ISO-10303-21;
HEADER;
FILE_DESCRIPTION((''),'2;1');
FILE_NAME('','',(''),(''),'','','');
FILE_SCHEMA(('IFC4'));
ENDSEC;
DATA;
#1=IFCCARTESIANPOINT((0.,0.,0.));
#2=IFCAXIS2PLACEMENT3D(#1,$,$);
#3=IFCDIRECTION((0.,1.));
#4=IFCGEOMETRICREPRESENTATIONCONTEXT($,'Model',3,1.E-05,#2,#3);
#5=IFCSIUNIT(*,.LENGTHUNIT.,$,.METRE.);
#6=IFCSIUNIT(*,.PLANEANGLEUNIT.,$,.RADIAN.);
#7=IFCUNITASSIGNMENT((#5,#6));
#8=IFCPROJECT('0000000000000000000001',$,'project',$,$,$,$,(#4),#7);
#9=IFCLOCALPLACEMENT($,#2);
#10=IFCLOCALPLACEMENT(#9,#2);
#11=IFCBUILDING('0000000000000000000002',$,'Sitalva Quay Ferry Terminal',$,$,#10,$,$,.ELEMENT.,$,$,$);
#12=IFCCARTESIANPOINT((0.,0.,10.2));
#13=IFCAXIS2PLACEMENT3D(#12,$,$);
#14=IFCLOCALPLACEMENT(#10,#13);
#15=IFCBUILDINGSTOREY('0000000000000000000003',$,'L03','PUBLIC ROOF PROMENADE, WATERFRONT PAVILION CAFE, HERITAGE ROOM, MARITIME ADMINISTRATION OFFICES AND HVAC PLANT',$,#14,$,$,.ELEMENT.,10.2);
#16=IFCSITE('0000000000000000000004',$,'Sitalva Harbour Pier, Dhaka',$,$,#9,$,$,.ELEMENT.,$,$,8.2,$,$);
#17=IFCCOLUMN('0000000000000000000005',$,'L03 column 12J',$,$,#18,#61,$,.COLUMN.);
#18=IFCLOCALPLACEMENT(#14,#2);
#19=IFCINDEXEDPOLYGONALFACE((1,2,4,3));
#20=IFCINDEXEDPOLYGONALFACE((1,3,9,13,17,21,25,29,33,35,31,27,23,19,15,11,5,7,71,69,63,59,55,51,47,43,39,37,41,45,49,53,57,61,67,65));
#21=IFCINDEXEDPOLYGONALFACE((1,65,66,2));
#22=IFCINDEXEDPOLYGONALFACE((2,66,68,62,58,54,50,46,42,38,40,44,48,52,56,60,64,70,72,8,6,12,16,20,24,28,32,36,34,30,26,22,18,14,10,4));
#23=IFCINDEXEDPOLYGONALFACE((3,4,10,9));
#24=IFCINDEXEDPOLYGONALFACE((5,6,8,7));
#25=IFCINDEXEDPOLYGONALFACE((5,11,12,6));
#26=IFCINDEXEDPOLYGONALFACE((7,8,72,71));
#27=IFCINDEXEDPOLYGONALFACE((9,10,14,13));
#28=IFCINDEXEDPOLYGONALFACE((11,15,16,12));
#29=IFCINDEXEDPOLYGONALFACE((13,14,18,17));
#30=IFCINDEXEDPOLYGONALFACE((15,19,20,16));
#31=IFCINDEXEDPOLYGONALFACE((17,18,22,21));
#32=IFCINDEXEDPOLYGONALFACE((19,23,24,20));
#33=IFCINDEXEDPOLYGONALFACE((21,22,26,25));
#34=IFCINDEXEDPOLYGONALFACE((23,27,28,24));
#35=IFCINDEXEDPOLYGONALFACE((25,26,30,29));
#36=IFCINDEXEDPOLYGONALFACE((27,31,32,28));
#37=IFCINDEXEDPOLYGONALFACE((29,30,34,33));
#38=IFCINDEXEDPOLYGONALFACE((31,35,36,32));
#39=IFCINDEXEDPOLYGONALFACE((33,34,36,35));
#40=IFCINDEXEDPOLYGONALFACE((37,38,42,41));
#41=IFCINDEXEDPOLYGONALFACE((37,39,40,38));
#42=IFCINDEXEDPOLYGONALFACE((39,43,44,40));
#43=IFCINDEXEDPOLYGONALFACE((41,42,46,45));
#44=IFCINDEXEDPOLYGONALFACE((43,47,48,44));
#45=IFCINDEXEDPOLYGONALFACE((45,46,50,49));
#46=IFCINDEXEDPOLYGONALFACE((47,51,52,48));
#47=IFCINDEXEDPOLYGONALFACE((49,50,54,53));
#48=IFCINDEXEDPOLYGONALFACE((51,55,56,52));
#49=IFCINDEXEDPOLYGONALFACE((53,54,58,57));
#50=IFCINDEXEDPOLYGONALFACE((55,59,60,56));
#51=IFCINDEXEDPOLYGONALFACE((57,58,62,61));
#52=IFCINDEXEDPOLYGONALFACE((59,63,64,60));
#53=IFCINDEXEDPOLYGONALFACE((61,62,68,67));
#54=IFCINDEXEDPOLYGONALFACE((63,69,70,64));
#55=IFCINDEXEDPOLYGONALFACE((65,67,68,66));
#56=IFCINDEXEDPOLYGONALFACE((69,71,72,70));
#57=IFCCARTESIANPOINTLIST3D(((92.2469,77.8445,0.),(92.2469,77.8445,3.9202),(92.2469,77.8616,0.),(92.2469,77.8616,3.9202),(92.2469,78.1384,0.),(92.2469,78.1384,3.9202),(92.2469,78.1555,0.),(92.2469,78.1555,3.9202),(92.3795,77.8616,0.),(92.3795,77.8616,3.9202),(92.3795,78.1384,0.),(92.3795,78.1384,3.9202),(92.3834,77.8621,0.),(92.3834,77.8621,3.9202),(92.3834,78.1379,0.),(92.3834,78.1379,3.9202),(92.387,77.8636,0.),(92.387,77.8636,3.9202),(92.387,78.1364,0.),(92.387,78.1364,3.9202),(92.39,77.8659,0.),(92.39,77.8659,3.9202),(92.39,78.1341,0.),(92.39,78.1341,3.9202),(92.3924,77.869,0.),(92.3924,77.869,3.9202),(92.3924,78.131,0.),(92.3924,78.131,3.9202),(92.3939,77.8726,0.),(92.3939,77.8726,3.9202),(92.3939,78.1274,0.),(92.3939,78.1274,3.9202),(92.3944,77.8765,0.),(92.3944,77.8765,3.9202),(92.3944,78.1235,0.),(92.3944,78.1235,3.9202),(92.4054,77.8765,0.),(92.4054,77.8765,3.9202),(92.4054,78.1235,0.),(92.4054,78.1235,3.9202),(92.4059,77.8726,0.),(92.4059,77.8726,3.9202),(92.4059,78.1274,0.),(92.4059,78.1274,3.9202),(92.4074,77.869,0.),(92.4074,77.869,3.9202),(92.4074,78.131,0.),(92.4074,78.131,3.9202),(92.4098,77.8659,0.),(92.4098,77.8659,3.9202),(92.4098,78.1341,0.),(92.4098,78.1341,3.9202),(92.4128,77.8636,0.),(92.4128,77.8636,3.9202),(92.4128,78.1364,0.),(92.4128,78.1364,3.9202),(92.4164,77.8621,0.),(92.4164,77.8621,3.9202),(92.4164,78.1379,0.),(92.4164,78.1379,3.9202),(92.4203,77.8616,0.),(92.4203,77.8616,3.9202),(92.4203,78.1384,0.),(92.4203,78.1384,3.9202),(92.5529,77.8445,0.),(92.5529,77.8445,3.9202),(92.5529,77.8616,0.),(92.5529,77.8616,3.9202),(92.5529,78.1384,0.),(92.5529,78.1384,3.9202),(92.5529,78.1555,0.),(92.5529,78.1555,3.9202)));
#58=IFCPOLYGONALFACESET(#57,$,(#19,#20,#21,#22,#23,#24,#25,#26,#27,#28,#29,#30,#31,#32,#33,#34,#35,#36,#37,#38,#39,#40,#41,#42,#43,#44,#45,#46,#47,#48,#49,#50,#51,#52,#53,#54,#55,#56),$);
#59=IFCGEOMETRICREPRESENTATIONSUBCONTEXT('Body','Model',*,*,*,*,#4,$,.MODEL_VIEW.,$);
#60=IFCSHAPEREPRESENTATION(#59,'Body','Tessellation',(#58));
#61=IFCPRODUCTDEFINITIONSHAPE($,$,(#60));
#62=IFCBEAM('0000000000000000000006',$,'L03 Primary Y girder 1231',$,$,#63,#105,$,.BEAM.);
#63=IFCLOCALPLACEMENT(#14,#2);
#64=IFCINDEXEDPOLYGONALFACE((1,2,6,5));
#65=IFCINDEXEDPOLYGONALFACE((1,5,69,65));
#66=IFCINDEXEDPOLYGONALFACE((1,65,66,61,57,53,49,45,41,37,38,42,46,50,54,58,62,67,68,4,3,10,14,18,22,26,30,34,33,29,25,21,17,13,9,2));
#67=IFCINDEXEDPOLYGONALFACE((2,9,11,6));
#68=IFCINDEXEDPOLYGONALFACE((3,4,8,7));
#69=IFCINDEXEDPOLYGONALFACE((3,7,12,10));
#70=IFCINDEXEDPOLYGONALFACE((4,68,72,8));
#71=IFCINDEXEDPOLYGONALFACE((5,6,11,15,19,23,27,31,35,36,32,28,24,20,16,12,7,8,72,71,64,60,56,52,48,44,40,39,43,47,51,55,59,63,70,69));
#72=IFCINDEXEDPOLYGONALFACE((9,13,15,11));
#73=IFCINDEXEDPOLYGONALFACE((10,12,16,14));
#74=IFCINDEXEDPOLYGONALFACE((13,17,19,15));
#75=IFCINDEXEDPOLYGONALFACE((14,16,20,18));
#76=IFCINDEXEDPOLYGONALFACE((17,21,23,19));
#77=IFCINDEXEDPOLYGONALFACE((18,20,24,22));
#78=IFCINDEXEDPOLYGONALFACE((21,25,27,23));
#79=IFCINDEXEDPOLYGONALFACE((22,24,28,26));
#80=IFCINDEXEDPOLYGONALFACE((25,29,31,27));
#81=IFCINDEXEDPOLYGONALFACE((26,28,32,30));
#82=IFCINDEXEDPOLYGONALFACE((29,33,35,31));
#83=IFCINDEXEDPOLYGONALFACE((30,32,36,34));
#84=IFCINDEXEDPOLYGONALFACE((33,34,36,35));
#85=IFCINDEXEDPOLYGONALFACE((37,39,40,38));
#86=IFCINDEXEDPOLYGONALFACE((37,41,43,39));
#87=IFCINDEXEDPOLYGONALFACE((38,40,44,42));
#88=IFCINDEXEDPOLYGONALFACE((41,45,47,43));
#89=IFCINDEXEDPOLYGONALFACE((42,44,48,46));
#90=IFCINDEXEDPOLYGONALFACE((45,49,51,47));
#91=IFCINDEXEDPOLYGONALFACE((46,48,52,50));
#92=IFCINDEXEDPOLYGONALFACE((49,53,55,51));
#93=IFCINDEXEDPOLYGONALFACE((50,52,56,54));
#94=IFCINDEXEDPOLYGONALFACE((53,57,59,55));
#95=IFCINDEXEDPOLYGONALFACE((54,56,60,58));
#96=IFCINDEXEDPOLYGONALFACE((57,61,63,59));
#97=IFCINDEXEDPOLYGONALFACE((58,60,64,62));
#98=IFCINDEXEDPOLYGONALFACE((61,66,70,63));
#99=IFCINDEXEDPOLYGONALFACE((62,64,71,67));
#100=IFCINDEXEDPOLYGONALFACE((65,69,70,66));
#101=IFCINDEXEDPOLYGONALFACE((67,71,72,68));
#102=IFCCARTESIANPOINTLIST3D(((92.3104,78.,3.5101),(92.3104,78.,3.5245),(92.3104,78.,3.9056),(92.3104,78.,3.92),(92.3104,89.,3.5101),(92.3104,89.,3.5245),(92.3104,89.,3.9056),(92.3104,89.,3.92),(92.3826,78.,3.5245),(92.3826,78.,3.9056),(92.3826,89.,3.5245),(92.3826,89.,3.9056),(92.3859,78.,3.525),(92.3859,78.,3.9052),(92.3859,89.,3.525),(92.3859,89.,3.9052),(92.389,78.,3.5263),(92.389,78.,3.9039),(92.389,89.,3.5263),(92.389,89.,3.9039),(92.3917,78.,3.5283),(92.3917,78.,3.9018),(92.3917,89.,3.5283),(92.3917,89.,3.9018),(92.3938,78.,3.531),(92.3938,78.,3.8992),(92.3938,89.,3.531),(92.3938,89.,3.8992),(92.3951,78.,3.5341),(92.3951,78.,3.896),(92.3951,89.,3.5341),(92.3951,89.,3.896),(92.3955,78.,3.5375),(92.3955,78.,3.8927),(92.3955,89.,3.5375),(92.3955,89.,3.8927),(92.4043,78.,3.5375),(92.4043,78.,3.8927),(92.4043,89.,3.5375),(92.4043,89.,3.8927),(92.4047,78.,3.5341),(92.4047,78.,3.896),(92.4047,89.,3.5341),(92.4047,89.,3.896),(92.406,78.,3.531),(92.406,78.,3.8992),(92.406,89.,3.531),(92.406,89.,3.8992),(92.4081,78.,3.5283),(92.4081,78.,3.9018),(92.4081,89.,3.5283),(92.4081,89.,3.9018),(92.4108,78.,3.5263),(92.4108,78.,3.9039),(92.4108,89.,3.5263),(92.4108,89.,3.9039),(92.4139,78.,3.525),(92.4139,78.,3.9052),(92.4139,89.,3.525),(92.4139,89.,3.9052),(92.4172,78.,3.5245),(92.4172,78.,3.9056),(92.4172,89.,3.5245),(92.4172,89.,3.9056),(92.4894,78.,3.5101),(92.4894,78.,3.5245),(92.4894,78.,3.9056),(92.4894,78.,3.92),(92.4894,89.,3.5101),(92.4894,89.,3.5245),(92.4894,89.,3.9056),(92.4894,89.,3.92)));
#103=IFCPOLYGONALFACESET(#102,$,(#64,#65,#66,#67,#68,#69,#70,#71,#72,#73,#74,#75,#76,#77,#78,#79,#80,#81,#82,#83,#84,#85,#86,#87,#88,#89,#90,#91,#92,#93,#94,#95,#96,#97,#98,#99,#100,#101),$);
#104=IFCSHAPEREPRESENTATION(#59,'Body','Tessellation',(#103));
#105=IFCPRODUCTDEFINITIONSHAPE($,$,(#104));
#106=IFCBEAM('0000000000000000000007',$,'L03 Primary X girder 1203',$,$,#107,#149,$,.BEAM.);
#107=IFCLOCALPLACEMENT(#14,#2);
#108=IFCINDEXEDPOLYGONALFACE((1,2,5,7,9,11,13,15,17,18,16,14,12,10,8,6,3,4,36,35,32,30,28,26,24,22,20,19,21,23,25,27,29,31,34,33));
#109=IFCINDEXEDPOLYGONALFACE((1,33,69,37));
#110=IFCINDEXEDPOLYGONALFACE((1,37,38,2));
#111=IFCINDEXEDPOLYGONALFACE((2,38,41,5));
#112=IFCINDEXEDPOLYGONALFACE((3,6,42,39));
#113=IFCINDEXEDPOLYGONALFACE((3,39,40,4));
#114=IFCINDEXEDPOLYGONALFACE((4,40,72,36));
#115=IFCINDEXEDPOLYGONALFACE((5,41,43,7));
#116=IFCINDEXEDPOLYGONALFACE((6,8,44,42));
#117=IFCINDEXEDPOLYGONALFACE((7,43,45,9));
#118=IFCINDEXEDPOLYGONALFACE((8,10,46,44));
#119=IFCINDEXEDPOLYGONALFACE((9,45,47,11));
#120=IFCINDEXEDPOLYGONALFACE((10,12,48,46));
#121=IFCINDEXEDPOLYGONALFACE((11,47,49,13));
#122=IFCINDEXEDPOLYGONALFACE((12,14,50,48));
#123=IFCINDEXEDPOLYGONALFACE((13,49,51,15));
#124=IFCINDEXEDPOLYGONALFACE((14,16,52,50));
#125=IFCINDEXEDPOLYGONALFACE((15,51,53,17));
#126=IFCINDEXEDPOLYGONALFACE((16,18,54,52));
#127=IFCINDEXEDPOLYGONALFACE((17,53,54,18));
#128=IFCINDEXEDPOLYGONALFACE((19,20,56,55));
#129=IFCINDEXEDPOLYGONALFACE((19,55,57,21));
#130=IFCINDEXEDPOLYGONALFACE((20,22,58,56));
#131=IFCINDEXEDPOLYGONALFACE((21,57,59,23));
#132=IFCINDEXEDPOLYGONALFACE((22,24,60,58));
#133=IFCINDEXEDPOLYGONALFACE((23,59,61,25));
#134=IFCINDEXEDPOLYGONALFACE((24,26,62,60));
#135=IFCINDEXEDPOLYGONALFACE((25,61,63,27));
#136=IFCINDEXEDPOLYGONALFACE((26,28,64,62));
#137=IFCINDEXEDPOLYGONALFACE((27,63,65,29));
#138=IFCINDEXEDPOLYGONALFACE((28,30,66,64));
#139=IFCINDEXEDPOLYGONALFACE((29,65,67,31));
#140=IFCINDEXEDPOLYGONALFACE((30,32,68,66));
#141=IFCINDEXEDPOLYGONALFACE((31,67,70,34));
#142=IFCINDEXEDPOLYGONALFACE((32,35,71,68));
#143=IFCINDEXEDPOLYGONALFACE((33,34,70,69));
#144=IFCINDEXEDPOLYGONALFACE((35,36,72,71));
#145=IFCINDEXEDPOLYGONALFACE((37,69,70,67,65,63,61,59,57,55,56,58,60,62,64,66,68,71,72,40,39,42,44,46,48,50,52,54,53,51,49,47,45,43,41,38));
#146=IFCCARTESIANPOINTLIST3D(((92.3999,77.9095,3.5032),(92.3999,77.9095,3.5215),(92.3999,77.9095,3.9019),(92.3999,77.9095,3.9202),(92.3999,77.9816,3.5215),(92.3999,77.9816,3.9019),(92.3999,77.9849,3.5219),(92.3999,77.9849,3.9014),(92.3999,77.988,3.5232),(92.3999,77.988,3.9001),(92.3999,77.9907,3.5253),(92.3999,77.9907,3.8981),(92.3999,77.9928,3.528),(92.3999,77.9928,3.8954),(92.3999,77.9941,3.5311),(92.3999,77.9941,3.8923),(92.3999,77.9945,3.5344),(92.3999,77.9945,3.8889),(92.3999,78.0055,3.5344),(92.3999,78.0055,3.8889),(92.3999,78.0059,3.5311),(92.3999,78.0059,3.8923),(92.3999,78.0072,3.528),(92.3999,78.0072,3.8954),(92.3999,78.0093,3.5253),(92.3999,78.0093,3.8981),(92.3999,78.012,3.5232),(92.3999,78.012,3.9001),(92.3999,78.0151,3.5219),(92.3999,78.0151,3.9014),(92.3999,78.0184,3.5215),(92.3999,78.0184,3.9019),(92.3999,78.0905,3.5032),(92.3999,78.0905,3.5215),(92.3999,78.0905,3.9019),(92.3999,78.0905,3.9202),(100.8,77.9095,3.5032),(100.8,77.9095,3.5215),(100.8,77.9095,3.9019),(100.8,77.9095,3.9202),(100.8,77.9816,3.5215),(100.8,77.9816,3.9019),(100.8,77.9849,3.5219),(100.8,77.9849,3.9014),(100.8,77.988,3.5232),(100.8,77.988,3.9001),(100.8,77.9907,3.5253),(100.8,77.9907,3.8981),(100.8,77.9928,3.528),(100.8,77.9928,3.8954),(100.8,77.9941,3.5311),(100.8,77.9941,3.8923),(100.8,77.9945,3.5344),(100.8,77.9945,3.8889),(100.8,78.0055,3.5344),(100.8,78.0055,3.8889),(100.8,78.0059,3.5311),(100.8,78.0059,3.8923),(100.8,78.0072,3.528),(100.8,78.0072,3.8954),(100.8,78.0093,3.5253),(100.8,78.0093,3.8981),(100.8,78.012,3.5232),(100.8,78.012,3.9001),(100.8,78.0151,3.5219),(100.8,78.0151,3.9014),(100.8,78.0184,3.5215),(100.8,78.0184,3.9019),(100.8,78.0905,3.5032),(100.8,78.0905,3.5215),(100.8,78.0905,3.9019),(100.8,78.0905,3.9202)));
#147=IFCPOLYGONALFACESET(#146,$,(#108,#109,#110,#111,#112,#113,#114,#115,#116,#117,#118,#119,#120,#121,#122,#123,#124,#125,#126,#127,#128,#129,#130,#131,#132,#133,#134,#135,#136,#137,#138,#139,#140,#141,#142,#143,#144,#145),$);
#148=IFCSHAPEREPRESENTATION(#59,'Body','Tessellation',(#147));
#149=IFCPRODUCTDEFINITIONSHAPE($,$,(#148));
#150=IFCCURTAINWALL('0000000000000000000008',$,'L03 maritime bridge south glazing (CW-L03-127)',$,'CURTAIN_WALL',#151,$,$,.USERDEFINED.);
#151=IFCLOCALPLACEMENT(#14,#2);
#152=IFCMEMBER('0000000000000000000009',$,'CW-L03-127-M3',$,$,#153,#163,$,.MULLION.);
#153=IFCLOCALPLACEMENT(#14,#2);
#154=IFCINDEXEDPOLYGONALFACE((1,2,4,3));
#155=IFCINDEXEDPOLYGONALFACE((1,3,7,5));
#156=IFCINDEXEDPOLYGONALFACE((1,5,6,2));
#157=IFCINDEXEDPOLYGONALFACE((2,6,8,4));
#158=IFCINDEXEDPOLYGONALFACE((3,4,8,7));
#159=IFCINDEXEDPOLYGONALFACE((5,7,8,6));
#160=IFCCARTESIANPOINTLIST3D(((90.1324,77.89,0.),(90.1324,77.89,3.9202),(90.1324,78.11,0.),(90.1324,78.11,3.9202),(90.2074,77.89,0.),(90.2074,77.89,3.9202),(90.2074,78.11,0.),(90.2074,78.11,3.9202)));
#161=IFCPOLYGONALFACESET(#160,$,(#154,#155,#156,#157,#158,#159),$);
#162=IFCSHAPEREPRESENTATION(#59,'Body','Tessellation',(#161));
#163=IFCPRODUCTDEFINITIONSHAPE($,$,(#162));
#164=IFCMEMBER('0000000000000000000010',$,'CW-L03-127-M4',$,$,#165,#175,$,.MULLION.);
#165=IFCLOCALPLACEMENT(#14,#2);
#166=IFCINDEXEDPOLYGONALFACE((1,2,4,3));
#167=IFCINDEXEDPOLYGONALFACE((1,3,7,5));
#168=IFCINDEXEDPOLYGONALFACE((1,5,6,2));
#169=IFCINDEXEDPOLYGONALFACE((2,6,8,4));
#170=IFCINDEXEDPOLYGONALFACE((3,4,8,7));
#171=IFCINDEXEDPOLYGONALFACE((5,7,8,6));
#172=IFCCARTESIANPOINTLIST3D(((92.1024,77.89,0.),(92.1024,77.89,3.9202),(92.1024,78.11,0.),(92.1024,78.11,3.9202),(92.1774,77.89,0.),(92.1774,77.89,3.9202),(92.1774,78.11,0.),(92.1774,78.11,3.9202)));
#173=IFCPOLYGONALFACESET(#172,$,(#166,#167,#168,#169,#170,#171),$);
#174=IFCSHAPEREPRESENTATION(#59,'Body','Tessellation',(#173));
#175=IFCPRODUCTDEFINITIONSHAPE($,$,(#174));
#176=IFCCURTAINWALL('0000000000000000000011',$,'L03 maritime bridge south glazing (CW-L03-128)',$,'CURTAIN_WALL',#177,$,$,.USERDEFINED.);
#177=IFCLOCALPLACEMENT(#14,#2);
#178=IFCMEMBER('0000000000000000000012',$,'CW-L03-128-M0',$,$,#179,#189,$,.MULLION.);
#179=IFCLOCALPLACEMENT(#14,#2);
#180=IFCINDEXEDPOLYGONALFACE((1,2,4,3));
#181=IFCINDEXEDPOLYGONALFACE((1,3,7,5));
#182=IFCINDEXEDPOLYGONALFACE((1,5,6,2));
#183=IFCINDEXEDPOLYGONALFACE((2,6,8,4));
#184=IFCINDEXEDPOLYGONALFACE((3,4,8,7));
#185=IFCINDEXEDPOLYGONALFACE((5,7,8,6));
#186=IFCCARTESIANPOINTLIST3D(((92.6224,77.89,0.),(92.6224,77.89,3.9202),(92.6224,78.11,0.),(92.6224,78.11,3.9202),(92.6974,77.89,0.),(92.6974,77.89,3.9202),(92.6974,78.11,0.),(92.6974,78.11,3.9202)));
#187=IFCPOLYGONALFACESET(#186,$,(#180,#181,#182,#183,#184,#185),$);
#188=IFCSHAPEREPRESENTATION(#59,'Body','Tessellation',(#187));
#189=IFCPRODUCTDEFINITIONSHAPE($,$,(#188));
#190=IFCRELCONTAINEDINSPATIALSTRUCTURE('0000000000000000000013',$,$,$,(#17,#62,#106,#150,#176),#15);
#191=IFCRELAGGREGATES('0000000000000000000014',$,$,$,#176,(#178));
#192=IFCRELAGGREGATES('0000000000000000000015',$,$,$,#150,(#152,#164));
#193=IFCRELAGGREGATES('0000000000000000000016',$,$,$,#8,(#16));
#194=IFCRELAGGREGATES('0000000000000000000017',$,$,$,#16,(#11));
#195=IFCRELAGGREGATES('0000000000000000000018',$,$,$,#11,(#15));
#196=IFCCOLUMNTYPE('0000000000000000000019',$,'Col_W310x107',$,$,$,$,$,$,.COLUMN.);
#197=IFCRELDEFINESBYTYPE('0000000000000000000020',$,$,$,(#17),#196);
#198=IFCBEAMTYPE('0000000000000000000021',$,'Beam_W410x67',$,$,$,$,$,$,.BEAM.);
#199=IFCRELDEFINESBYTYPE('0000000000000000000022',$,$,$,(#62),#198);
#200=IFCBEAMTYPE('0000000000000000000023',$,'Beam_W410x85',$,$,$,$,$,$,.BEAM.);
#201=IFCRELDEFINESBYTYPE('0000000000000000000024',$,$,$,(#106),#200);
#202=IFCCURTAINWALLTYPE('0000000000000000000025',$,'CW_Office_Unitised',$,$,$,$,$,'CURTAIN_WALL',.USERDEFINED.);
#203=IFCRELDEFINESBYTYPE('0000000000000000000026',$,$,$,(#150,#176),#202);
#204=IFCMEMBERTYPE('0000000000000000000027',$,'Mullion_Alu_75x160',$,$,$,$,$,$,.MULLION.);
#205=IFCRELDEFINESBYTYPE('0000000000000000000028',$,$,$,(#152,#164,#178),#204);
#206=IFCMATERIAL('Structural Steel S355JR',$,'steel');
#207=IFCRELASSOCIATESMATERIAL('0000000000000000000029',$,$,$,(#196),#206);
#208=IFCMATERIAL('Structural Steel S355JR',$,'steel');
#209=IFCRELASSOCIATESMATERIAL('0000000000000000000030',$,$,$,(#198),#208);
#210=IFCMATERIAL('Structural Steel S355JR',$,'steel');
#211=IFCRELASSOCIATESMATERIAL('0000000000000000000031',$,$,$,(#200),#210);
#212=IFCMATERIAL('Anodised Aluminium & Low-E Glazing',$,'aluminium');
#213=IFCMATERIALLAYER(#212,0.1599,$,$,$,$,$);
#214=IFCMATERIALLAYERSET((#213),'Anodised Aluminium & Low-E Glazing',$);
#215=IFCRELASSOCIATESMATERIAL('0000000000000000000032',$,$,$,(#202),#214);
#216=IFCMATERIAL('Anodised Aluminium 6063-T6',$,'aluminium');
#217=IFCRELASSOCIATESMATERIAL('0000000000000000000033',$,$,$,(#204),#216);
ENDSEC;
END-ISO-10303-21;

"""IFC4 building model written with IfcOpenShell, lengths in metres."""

from ifc_helpers import new_model, si_unit, direction, frame, origin, origin_2d, place, context, subcontext, project, spatial, rectangle, i_section, extrude, material, layer, layer_set, material_profile, profile_set, type_object, element, aggregate, save


model = new_model("IFC4")

# Units and contexts
model_context = context("Model", 3, precision=1e-05, world=origin(), true_north=direction((0.0, 1.0)))
body_context = subcontext(model_context, "Body", "Model", "MODEL_VIEW")
ifc_project = project(units=[si_unit("LENGTHUNIT", "METRE"), si_unit("PLANEANGLEUNIT", "RADIAN")], contexts=[model_context])

# Site, building, storey
site_placement = place(None, origin())
site = spatial("IfcSite", under=ifc_project, at=site_placement, Name="Sitalva Harbour Pier, Dhaka", CompositionType="ELEMENT", RefElevation=8.2)
building_placement = place(site_placement, origin())
building = spatial("IfcBuilding", under=site, at=building_placement, Name="Sitalva Quay Ferry Terminal", CompositionType="ELEMENT")
storey_placement = place(building_placement, frame((0.0, 0.0, 10.2)))
storey = spatial("IfcBuildingStorey", under=building, at=storey_placement, Name="L03", Description="PUBLIC ROOF PROMENADE, WATERFRONT PAVILION CAFE, HERITAGE ROOM, MARITIME ADMINISTRATION OFFICES AND HVAC PLANT", CompositionType="ELEMENT", Elevation=10.2)

# Column
ifc_material_1 = material(Name="Structural Steel S355JR", Category="steel")
ifc_material_profile_1 = material_profile(ifc_material_1, i_section(OverallWidth=0.3059, OverallDepth=0.311, WebThickness=0.011, FlangeThickness=0.0171, FilletRadius=0.0149, at=origin_2d()), Name="W310x107")
ifc_profile_set_1 = profile_set([ifc_material_profile_1], Name="Structural Steel S355JR")
column_type = type_object("IfcColumnType", Name="Col_W310x107", PredefinedType="COLUMN", material=ifc_profile_set_1)
column_placement = place(storey_placement, frame((92.3999, 78.0, 0.0), z_axis=(0.0, 0.0, 1.0), x_axis=(1.0, 0.0, 0.0)))
element("IfcColumn", 1, at=column_placement, inside=storey, type_object=column_type, Name="L03 column 12J", PredefinedType="COLUMN", context=body_context, shape_type="SweptSolid", body=[
    extrude(i_section(OverallWidth=0.3059, OverallDepth=0.311, WebThickness=0.011, FlangeThickness=0.0171, FilletRadius=0.0149, at=origin_2d()), origin(), (0.0, 0.0, 1.0), 3.9202),
])

# Beams
ifc_material_2 = material(Name="Structural Steel S355JR", Category="steel")
ifc_material_profile_2 = material_profile(ifc_material_2, i_section(OverallWidth=0.179, OverallDepth=0.4099, WebThickness=0.0088, FlangeThickness=0.0144, FilletRadius=0.0129, at=origin_2d()), Name="W410x67")
ifc_profile_set_2 = profile_set([ifc_material_profile_2], Name="Structural Steel S355JR")
beam_type_1 = type_object("IfcBeamType", Name="Beam_W410x67", PredefinedType="BEAM", material=ifc_profile_set_2)
beam_1_placement = place(storey_placement, frame((92.3999, 78.0, 3.7151), z_axis=(0.0, 1.0, 0.0), x_axis=(-1.0, 0.0, 0.0)))
element("IfcBeam", 2, at=beam_1_placement, inside=storey, type_object=beam_type_1, Name="L03 Primary Y girder 1231", PredefinedType="BEAM", context=body_context, shape_type="SweptSolid", body=[
    extrude(i_section(OverallWidth=0.179, OverallDepth=0.4099, WebThickness=0.0088, FlangeThickness=0.0144, FilletRadius=0.0129, at=origin_2d()), origin(), (0.0, 0.0, 1.0), 11.0),
])
ifc_material_3 = material(Name="Structural Steel S355JR", Category="steel")
ifc_material_profile_3 = material_profile(ifc_material_3, i_section(OverallWidth=0.1809, OverallDepth=0.417, WebThickness=0.011, FlangeThickness=0.0183, FilletRadius=0.0129, at=origin_2d()), Name="W410x85")
ifc_profile_set_3 = profile_set([ifc_material_profile_3], Name="Structural Steel S355JR")
beam_type_2 = type_object("IfcBeamType", Name="Beam_W410x85", PredefinedType="BEAM", material=ifc_profile_set_3)
beam_2_placement = place(storey_placement, frame((92.3999, 78.0, 3.7117), z_axis=(1.0, 0.0, 0.0), x_axis=(0.0, 1.0, 0.0)))
element("IfcBeam", 3, at=beam_2_placement, inside=storey, type_object=beam_type_2, Name="L03 Primary X girder 1203", PredefinedType="BEAM", context=body_context, shape_type="SweptSolid", body=[
    extrude(i_section(OverallWidth=0.1809, OverallDepth=0.417, WebThickness=0.011, FlangeThickness=0.0183, FilletRadius=0.0129, at=origin_2d()), origin(), (0.0, 0.0, 1.0), 8.4001),
])

# Curtain wall, members
ifc_material_4 = material(Name="Anodised Aluminium & Low-E Glazing", Category="aluminium")
ifc_layer_1 = layer(ifc_material_4, 0.1599)
ifc_layer_set_1 = layer_set([ifc_layer_1], Name="Anodised Aluminium & Low-E Glazing")
curtain_wall_type = type_object("IfcCurtainWallType", Name="CW_Office_Unitised", ElementType="CURTAIN_WALL", PredefinedType="USERDEFINED", material=ifc_layer_set_1)
curtain_wall_1_placement = place(storey_placement, origin())
curtain_wall_1 = element("IfcCurtainWall", 4, at=curtain_wall_1_placement, inside=storey, type_object=curtain_wall_type, Name="L03 maritime bridge south glazing (CW-L03-127)", ObjectType="CURTAIN_WALL", PredefinedType="USERDEFINED")
ifc_material_5 = material(Name="Anodised Aluminium 6063-T6", Category="aluminium")
ifc_material_profile_4 = material_profile(ifc_material_5, rectangle(XDim=0.075, YDim=0.22, at=origin_2d()), Name="ALU75x220")
ifc_profile_set_4 = profile_set([ifc_material_profile_4], Name="Anodised Aluminium 6063-T6")
member_type_1 = type_object("IfcMemberType", Name="Mullion_Alu_75x160", PredefinedType="MULLION", material=ifc_profile_set_4)
member_1_placement = place(storey_placement, frame((90.1699, 78.0, 0.0), z_axis=(0.0, 0.0, 1.0), x_axis=(1.0, 0.0, 0.0)))
member_1 = element("IfcMember", 5, at=member_1_placement, type_object=member_type_1, Name="CW-L03-127-M3", PredefinedType="MULLION", context=body_context, shape_type="SweptSolid", body=[
    extrude(rectangle(XDim=0.075, YDim=0.22, at=origin_2d()), origin(), (0.0, 0.0, 1.0), 3.9202),
])
member_2_placement = place(storey_placement, frame((92.1399, 78.0, 0.0), z_axis=(0.0, 0.0, 1.0), x_axis=(1.0, 0.0, 0.0)))
member_2 = element("IfcMember", 6, at=member_2_placement, type_object=member_type_1, Name="CW-L03-127-M4", PredefinedType="MULLION", context=body_context, shape_type="SweptSolid", body=[
    extrude(rectangle(XDim=0.075, YDim=0.22, at=origin_2d()), origin(), (0.0, 0.0, 1.0), 3.9202),
])

# Curtain wall, member
curtain_wall_2_placement = place(storey_placement, origin())
curtain_wall_2 = element("IfcCurtainWall", 7, at=curtain_wall_2_placement, inside=storey, type_object=curtain_wall_type, Name="L03 maritime bridge south glazing (CW-L03-128)", ObjectType="CURTAIN_WALL", PredefinedType="USERDEFINED")
member_3_placement = place(storey_placement, frame((92.6599, 78.0, 0.0), z_axis=(0.0, 0.0, 1.0), x_axis=(1.0, 0.0, 0.0)))
member_3 = element("IfcMember", 8, at=member_3_placement, type_object=member_type_1, Name="CW-L03-128-M0", PredefinedType="MULLION", context=body_context, shape_type="SweptSolid", body=[
    extrude(rectangle(XDim=0.075, YDim=0.22, at=origin_2d()), origin(), (0.0, 0.0, 1.0), 3.9202),
])

aggregate(curtain_wall_2, [member_3])

aggregate(curtain_wall_1, [member_1, member_2])

save(model, "model.ifc")
